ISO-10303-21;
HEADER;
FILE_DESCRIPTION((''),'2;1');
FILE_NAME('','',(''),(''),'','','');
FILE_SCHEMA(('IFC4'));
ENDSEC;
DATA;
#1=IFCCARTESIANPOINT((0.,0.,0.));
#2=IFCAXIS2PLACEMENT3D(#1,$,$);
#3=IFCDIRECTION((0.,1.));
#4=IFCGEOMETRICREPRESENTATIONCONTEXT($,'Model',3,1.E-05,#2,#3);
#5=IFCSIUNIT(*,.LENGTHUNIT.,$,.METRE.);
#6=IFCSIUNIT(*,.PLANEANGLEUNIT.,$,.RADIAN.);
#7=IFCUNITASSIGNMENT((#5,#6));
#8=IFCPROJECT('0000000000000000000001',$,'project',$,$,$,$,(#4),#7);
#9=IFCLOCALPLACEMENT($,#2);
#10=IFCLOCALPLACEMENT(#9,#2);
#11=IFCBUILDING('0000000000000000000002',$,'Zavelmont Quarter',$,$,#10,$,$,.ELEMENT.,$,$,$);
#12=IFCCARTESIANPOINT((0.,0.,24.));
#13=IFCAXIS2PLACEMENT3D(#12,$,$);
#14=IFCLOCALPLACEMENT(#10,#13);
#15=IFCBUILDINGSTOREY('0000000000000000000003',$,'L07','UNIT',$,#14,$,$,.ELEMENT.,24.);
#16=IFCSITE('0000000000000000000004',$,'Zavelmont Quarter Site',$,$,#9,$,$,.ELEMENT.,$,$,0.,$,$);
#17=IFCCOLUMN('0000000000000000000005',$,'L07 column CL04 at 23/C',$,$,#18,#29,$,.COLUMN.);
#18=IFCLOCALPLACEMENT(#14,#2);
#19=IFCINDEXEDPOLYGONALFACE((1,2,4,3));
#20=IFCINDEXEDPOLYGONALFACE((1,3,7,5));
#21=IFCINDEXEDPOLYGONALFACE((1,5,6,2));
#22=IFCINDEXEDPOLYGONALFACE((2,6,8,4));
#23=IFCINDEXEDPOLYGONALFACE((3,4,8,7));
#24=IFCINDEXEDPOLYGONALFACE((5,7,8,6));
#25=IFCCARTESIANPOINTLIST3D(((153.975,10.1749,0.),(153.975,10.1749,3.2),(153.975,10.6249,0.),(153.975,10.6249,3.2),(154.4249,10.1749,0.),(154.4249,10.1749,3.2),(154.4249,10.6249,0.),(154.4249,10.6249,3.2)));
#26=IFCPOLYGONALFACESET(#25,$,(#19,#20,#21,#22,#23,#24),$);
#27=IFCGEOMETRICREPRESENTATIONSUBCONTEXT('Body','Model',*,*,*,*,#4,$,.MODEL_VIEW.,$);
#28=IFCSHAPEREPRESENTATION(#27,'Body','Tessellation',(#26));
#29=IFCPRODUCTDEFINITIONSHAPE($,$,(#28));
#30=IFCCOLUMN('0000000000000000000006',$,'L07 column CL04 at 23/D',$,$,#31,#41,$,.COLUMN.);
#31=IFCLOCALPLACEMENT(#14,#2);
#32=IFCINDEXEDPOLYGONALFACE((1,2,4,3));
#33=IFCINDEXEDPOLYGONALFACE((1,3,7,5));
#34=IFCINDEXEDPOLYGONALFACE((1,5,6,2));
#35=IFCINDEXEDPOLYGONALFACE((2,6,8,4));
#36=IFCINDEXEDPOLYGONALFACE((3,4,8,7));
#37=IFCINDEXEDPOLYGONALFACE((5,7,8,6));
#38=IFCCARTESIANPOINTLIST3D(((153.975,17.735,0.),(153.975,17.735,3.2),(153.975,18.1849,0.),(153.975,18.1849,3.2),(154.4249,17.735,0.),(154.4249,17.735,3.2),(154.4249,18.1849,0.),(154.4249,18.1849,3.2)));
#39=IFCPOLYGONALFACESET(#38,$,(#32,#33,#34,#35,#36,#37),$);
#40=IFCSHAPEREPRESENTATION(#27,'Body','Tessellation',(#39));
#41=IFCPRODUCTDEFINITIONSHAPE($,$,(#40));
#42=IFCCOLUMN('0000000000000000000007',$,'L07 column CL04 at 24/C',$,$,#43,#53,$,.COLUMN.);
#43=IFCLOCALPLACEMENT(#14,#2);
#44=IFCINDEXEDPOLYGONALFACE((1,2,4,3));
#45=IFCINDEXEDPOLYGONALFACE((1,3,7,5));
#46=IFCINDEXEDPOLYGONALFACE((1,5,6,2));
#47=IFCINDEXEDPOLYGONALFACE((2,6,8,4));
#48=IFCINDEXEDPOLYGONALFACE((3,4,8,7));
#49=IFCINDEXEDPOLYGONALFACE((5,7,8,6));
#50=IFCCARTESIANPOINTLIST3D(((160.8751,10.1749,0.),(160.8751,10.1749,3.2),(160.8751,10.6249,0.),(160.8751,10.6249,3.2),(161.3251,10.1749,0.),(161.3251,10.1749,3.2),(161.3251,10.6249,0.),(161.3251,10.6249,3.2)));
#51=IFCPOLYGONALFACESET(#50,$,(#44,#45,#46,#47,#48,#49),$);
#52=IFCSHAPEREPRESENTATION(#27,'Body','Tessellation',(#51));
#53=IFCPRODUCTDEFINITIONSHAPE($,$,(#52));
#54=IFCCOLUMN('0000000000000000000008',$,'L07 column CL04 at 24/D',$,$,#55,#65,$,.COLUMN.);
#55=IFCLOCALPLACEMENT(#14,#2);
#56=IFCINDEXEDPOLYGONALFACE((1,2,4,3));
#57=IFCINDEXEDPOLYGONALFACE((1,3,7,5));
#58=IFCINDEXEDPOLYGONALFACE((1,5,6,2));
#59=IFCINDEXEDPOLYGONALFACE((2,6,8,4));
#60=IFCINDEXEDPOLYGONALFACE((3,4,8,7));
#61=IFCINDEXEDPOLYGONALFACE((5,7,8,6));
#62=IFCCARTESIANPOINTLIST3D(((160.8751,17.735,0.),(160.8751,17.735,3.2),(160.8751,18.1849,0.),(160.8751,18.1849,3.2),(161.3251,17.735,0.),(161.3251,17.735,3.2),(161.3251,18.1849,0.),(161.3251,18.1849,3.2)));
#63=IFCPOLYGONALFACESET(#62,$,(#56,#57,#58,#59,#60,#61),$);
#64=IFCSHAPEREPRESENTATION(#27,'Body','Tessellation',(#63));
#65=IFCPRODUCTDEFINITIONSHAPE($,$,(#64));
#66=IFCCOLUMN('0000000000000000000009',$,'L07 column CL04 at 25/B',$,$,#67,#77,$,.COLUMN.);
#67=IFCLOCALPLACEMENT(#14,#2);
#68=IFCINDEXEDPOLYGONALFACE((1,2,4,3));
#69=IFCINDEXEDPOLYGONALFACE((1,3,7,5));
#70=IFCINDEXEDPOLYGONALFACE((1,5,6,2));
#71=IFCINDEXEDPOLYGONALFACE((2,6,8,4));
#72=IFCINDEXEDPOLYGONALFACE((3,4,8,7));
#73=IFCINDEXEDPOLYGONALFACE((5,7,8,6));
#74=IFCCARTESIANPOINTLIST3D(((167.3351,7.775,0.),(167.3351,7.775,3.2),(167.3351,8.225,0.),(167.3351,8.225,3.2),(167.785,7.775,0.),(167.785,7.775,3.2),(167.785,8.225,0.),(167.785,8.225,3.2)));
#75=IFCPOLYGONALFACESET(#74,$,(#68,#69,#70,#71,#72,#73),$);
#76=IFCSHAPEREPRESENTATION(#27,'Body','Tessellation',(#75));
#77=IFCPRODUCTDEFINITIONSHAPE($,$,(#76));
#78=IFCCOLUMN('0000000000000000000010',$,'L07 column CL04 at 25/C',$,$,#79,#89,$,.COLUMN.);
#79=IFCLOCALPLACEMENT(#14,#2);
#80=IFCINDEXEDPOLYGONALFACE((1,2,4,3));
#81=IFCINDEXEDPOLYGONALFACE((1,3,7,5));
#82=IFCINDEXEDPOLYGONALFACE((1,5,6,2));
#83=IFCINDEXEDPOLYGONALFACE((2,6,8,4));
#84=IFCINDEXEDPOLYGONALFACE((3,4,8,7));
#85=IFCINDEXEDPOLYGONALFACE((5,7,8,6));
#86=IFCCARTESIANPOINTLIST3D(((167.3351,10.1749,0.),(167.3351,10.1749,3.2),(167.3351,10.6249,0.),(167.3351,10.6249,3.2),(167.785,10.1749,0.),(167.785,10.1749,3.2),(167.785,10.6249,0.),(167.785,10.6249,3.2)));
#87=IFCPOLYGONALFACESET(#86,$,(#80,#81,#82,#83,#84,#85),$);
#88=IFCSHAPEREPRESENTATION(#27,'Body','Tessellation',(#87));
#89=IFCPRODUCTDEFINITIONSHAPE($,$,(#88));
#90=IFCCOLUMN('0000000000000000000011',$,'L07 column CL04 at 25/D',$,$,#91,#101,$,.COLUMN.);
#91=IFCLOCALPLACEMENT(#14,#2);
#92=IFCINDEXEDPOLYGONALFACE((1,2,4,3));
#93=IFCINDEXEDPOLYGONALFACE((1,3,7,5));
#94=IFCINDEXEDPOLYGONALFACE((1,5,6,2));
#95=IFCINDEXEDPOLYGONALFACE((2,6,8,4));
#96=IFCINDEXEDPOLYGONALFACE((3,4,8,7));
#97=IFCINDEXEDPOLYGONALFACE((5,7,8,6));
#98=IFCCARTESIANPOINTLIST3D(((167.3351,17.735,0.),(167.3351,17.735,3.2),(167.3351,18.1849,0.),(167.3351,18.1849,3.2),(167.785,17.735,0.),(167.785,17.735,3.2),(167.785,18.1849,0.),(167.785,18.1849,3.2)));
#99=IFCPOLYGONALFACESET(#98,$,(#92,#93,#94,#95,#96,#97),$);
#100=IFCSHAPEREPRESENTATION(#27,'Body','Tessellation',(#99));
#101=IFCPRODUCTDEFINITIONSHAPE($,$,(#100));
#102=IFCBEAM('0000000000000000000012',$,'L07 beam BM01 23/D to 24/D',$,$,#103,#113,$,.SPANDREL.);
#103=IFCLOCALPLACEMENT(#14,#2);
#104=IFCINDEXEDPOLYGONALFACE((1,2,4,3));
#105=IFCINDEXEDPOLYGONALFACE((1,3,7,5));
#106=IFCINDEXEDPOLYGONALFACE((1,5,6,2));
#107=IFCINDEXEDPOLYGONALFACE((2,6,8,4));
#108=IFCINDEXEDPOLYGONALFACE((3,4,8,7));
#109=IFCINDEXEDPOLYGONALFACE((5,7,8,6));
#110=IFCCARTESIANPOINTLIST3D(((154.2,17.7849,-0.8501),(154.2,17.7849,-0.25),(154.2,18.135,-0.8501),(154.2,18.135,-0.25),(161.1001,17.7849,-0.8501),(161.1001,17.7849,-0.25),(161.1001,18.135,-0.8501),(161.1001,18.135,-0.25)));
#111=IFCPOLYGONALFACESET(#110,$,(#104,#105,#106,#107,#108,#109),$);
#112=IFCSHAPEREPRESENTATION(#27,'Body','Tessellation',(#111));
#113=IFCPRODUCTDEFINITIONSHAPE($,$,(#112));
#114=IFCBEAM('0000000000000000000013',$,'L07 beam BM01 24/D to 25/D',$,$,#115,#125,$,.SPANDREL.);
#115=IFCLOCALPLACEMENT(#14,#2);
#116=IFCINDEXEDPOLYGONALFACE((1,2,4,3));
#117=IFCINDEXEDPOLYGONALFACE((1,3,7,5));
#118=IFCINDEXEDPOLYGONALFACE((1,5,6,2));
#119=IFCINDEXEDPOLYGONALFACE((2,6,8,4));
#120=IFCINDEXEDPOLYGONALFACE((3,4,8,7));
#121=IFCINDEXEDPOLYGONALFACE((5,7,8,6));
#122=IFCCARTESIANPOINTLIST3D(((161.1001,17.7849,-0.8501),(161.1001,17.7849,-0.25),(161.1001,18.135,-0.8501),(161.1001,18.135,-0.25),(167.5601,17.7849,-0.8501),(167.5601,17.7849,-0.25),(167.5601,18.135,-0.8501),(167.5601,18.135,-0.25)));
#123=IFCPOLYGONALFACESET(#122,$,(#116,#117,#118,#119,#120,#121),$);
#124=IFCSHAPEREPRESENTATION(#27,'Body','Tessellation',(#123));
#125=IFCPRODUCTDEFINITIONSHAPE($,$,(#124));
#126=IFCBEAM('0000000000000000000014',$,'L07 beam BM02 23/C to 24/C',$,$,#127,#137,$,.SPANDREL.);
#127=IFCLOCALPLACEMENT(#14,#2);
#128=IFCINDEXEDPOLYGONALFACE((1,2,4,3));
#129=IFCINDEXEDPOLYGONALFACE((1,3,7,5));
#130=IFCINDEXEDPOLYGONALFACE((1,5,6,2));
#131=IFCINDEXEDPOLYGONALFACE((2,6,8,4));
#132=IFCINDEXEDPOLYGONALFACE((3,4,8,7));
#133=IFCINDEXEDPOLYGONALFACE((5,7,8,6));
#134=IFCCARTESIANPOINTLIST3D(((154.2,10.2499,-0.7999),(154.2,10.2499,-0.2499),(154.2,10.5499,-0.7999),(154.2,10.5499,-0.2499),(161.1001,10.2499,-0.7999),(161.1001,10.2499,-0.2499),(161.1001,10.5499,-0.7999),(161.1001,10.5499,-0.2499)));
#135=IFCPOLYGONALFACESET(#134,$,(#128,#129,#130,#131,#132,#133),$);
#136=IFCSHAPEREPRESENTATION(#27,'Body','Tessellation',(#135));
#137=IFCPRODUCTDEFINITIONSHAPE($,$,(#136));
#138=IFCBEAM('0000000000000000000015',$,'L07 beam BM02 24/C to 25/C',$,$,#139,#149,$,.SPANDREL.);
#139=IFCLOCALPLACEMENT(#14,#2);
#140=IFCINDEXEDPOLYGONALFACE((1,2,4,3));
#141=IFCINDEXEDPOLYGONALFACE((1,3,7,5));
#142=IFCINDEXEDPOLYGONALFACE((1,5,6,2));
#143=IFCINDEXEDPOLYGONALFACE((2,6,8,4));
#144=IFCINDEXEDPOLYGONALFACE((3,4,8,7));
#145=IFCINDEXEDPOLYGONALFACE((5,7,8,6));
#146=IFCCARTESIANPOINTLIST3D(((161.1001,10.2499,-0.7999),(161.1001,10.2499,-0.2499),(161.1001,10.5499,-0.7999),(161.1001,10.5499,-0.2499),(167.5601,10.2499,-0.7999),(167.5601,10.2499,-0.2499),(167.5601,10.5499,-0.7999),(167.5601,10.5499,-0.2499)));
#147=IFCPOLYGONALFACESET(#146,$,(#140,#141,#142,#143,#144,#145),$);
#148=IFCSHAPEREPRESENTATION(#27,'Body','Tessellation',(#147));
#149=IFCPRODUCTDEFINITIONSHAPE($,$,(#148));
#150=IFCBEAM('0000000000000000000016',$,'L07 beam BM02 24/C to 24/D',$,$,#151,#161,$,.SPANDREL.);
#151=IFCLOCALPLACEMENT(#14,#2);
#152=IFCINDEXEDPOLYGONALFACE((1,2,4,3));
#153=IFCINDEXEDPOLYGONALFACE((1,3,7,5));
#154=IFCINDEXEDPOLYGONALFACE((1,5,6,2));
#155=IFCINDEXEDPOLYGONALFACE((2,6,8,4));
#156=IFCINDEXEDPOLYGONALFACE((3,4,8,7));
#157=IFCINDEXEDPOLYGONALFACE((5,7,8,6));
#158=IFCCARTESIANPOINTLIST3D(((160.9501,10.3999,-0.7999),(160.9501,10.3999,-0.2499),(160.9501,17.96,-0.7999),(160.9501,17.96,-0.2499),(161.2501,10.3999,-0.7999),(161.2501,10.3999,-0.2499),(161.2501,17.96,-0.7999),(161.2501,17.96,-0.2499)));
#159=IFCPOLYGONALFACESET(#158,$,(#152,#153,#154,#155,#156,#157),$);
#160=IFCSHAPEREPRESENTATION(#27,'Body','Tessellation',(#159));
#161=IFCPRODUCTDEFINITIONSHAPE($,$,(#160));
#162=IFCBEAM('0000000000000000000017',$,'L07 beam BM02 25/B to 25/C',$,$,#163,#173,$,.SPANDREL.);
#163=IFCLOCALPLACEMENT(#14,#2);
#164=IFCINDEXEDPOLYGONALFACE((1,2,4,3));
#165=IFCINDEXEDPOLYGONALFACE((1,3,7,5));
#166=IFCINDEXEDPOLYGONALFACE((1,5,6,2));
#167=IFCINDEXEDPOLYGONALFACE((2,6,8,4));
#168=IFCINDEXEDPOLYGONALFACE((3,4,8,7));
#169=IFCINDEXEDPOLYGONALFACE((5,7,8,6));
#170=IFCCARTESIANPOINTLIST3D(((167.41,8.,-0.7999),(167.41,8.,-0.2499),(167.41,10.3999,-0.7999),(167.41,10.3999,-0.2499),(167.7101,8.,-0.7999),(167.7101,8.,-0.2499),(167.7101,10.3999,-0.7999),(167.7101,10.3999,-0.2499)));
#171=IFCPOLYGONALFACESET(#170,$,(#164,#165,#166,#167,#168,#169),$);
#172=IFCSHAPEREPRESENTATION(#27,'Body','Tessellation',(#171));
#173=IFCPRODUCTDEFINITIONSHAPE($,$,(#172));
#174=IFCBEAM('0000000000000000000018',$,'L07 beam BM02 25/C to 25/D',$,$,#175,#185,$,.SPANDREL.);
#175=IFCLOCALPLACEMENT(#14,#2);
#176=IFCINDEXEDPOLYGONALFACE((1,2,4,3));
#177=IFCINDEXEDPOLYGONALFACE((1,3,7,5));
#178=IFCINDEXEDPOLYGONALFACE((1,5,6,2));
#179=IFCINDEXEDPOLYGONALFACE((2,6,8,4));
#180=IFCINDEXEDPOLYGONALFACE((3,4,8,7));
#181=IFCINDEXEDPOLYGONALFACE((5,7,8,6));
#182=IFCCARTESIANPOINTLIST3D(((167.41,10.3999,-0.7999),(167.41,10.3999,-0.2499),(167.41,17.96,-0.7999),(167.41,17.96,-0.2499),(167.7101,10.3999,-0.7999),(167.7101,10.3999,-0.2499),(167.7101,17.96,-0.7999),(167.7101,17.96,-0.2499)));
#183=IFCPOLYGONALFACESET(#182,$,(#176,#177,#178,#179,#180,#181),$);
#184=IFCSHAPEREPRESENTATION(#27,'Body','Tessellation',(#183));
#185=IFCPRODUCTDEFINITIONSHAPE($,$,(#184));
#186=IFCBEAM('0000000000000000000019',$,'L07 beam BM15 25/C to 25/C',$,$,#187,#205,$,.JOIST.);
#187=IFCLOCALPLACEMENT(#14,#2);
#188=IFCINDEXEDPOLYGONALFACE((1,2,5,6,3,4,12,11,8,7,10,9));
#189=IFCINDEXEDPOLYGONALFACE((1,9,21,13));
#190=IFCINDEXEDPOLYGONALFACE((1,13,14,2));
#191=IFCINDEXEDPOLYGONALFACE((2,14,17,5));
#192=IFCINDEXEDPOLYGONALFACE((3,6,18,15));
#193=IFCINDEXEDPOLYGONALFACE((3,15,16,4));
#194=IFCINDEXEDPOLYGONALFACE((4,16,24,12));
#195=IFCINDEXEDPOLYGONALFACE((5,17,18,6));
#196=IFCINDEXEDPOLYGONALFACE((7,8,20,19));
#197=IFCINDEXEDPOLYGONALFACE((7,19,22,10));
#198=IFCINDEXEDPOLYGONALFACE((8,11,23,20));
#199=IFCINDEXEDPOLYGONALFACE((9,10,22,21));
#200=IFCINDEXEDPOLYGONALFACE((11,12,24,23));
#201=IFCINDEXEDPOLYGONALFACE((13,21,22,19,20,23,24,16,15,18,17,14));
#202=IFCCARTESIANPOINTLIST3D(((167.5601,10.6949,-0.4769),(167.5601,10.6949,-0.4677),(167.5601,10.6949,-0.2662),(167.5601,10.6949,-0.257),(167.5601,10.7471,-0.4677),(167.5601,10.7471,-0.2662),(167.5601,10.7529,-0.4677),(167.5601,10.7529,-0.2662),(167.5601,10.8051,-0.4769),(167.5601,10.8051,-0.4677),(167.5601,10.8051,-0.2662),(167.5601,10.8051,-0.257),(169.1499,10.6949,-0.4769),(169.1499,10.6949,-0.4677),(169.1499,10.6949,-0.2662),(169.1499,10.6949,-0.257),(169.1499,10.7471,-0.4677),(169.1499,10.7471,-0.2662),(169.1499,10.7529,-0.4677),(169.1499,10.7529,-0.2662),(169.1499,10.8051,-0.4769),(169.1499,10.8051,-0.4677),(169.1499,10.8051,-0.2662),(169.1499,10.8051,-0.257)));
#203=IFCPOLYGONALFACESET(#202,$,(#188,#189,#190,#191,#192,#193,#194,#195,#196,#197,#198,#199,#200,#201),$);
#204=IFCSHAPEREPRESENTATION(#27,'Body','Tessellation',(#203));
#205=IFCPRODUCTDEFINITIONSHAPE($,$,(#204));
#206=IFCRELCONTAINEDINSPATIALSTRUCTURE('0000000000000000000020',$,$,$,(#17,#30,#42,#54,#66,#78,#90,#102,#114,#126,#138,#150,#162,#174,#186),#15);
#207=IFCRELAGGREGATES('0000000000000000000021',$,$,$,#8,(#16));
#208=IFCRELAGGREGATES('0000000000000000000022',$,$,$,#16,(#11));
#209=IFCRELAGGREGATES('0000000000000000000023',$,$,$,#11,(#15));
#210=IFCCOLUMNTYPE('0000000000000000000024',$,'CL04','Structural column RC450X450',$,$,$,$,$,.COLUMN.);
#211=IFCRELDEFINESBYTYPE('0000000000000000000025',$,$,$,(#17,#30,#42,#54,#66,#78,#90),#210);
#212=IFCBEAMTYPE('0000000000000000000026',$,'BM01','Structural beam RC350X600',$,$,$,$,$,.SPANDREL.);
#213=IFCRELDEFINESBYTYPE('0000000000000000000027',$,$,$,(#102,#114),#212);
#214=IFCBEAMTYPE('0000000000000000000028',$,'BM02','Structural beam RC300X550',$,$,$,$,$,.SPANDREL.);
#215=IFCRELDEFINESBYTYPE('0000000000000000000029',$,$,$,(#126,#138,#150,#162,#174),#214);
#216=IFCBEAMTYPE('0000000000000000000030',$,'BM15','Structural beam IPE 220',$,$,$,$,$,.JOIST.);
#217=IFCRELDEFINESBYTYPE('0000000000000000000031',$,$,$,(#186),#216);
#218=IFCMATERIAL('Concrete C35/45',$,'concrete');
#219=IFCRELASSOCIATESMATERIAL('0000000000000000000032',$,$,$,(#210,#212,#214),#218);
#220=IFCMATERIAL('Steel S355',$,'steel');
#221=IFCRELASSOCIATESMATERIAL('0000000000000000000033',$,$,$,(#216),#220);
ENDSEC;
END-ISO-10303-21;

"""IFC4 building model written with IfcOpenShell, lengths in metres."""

from ifc_helpers import new_model, si_unit, direction, frame, origin, origin_2d, place, context, subcontext, project, spatial, rectangle, i_section, extrude, material, material_profile, profile_set, type_object, element, save


model = new_model("IFC4")

# Units and contexts
model_context = context("Model", 3, precision=1e-05, world=origin(), true_north=direction((0.0, 1.0)))
body_context = subcontext(model_context, "Body", "Model", "MODEL_VIEW")
ifc_project = project(units=[si_unit("LENGTHUNIT", "METRE"), si_unit("PLANEANGLEUNIT", "RADIAN")], contexts=[model_context])

# Site, building, storey
site_placement = place(None, origin())
site = spatial("IfcSite", under=ifc_project, at=site_placement, Name="Zavelmont Quarter Site", CompositionType="ELEMENT", RefElevation=0.0)
building_placement = place(site_placement, origin())
building = spatial("IfcBuilding", under=site, at=building_placement, Name="Zavelmont Quarter", CompositionType="ELEMENT")
storey_placement = place(building_placement, frame((0.0, 0.0, 24.0)))
storey = spatial("IfcBuildingStorey", under=building, at=storey_placement, Name="L07", Description="UNIT", CompositionType="ELEMENT", Elevation=24.0)

# Columns
ifc_material_1 = material(Name="Concrete C35/45", Category="concrete")
ifc_material_profile_1 = material_profile(ifc_material_1, rectangle(XDim=0.45, YDim=0.45, at=origin_2d()), Name="RC450X450")
ifc_profile_set_1 = profile_set([ifc_material_profile_1], Name="Concrete C35/45")
column_type = type_object("IfcColumnType", Name="CL04", Description="Structural column RC450X450", PredefinedType="COLUMN", material=ifc_profile_set_1)
for number, where, z_axis, x_axis, name in (
    (1, (154.2, 10.3999, 0.0), (0.0, 0.0, 1.0), (1.0, 0.0, 0.0), "L07 column CL04 at 23/C"),
    (2, (154.2, 17.96, 0.0), (0.0, 0.0, 1.0), (1.0, 0.0, 0.0), "L07 column CL04 at 23/D"),
    (3, (161.1001, 10.3999, 0.0), (0.0, 0.0, 1.0), (1.0, 0.0, 0.0), "L07 column CL04 at 24/C"),
    (4, (161.1001, 17.96, 0.0), (0.0, 0.0, 1.0), (1.0, 0.0, 0.0), "L07 column CL04 at 24/D"),
    (5, (167.5601, 8.0, 0.0), (0.0, 0.0, 1.0), (1.0, 0.0, 0.0), "L07 column CL04 at 25/B"),
    (6, (167.5601, 10.3999, 0.0), (0.0, 0.0, 1.0), (1.0, 0.0, 0.0), "L07 column CL04 at 25/C"),
    (7, (167.5601, 17.96, 0.0), (0.0, 0.0, 1.0), (1.0, 0.0, 0.0), "L07 column CL04 at 25/D"),
):
    element("IfcColumn", number, at=place(storey_placement, frame(where, z_axis=z_axis, x_axis=x_axis)), inside=storey, type_object=column_type, Name=name, PredefinedType="COLUMN", context=body_context, shape_type="SweptSolid", body=[
        extrude(rectangle(XDim=0.45, YDim=0.45, at=origin_2d()), origin(), (0.0, 0.0, 1.0), 3.2),
    ])

# Beams
ifc_material_profile_2 = material_profile(ifc_material_1, rectangle(XDim=0.3501, YDim=0.6001, at=origin_2d()), Name="RC350X600")
ifc_profile_set_2 = profile_set([ifc_material_profile_2], Name="Concrete C35/45")
beam_type_1 = type_object("IfcBeamType", Name="BM01", Description="Structural beam RC350X600", PredefinedType="SPANDREL", material=ifc_profile_set_2)
beam_1_placement = place(storey_placement, frame((154.2, 17.96, -0.55), z_axis=(1.0, 0.0, 0.0), x_axis=(0.0, 1.0, 0.0)))
element("IfcBeam", 8, at=beam_1_placement, inside=storey, type_object=beam_type_1, Name="L07 beam BM01 23/D to 24/D", PredefinedType="SPANDREL", context=body_context, shape_type="SweptSolid", body=[
    extrude(rectangle(XDim=0.3501, YDim=0.6001, at=origin_2d()), origin(), (0.0, 0.0, 1.0), 6.9001),
])
beam_2_placement = place(storey_placement, frame((161.1001, 17.96, -0.55), z_axis=(1.0, 0.0, 0.0), x_axis=(0.0, 1.0, 0.0)))
element("IfcBeam", 9, at=beam_2_placement, inside=storey, type_object=beam_type_1, Name="L07 beam BM01 24/D to 25/D", PredefinedType="SPANDREL", context=body_context, shape_type="SweptSolid", body=[
    extrude(rectangle(XDim=0.3501, YDim=0.6001, at=origin_2d()), origin(), (0.0, 0.0, 1.0), 6.46),
])
ifc_material_profile_3 = material_profile(ifc_material_1, rectangle(XDim=0.3, YDim=0.55, at=origin_2d()), Name="RC300X550")
ifc_profile_set_3 = profile_set([ifc_material_profile_3], Name="Concrete C35/45")
beam_type_2 = type_object("IfcBeamType", Name="BM02", Description="Structural beam RC300X550", PredefinedType="SPANDREL", material=ifc_profile_set_3)
beam_3_placement = place(storey_placement, frame((154.2, 10.3999, -0.5249), z_axis=(1.0, 0.0, 0.0), x_axis=(0.0, 1.0, 0.0)))
element("IfcBeam", 10, at=beam_3_placement, inside=storey, type_object=beam_type_2, Name="L07 beam BM02 23/C to 24/C", PredefinedType="SPANDREL", context=body_context, shape_type="SweptSolid", body=[
    extrude(rectangle(XDim=0.3, YDim=0.55, at=origin_2d()), origin(), (0.0, 0.0, 1.0), 6.9001),
])
beam_4_placement = place(storey_placement, frame((161.1001, 10.3999, -0.5249), z_axis=(1.0, 0.0, 0.0), x_axis=(0.0, 1.0, 0.0)))
element("IfcBeam", 11, at=beam_4_placement, inside=storey, type_object=beam_type_2, Name="L07 beam BM02 24/C to 25/C", PredefinedType="SPANDREL", context=body_context, shape_type="SweptSolid", body=[
    extrude(rectangle(XDim=0.3, YDim=0.55, at=origin_2d()), origin(), (0.0, 0.0, 1.0), 6.46),
])
beam_5_placement = place(storey_placement, frame((161.1001, 10.3999, -0.5249), z_axis=(0.0, 1.0, 0.0), x_axis=(-1.0, 0.0, 0.0)))
element("IfcBeam", 12, at=beam_5_placement, inside=storey, type_object=beam_type_2, Name="L07 beam BM02 24/C to 24/D", PredefinedType="SPANDREL", context=body_context, shape_type="SweptSolid", body=[
    extrude(rectangle(XDim=0.3, YDim=0.55, at=origin_2d()), origin(), (0.0, 0.0, 1.0), 7.5601),
])
beam_6_placement = place(storey_placement, frame((167.5601, 8.0, -0.5249), z_axis=(0.0, 1.0, 0.0), x_axis=(-1.0, 0.0, 0.0)))
element("IfcBeam", 13, at=beam_6_placement, inside=storey, type_object=beam_type_2, Name="L07 beam BM02 25/B to 25/C", PredefinedType="SPANDREL", context=body_context, shape_type="SweptSolid", body=[
    extrude(rectangle(XDim=0.3, YDim=0.55, at=origin_2d()), origin(), (0.0, 0.0, 1.0), 2.3999),
])
beam_7_placement = place(storey_placement, frame((167.5601, 10.3999, -0.5249), z_axis=(0.0, 1.0, 0.0), x_axis=(-1.0, 0.0, 0.0)))
element("IfcBeam", 14, at=beam_7_placement, inside=storey, type_object=beam_type_2, Name="L07 beam BM02 25/C to 25/D", PredefinedType="SPANDREL", context=body_context, shape_type="SweptSolid", body=[
    extrude(rectangle(XDim=0.3, YDim=0.55, at=origin_2d()), origin(), (0.0, 0.0, 1.0), 7.5601),
])
ifc_material_2 = material(Name="Steel S355", Category="steel")
ifc_material_profile_4 = material_profile(ifc_material_2, i_section(OverallWidth=0.1101, OverallDepth=0.22, WebThickness=0.0059, FlangeThickness=0.0093, at=origin_2d()), Name="IPE 220")
ifc_profile_set_4 = profile_set([ifc_material_profile_4], Name="Steel S355")
beam_type_3 = type_object("IfcBeamType", Name="BM15", Description="Structural beam IPE 220", PredefinedType="JOIST", material=ifc_profile_set_4)
beam_8_placement = place(storey_placement, frame((167.5601, 10.75, -0.3669), z_axis=(1.0, 0.0, 0.0), x_axis=(0.0, 1.0, 0.0)))
element("IfcBeam", 15, at=beam_8_placement, inside=storey, type_object=beam_type_3, Name="L07 beam BM15 25/C to 25/C", PredefinedType="JOIST", context=body_context, shape_type="SweptSolid", body=[
    extrude(i_section(OverallWidth=0.1101, OverallDepth=0.22, WebThickness=0.0059, FlangeThickness=0.0093, at=origin_2d()), origin(), (0.0, 0.0, 1.0), 1.5898),
])

save(model, "model.ifc")
